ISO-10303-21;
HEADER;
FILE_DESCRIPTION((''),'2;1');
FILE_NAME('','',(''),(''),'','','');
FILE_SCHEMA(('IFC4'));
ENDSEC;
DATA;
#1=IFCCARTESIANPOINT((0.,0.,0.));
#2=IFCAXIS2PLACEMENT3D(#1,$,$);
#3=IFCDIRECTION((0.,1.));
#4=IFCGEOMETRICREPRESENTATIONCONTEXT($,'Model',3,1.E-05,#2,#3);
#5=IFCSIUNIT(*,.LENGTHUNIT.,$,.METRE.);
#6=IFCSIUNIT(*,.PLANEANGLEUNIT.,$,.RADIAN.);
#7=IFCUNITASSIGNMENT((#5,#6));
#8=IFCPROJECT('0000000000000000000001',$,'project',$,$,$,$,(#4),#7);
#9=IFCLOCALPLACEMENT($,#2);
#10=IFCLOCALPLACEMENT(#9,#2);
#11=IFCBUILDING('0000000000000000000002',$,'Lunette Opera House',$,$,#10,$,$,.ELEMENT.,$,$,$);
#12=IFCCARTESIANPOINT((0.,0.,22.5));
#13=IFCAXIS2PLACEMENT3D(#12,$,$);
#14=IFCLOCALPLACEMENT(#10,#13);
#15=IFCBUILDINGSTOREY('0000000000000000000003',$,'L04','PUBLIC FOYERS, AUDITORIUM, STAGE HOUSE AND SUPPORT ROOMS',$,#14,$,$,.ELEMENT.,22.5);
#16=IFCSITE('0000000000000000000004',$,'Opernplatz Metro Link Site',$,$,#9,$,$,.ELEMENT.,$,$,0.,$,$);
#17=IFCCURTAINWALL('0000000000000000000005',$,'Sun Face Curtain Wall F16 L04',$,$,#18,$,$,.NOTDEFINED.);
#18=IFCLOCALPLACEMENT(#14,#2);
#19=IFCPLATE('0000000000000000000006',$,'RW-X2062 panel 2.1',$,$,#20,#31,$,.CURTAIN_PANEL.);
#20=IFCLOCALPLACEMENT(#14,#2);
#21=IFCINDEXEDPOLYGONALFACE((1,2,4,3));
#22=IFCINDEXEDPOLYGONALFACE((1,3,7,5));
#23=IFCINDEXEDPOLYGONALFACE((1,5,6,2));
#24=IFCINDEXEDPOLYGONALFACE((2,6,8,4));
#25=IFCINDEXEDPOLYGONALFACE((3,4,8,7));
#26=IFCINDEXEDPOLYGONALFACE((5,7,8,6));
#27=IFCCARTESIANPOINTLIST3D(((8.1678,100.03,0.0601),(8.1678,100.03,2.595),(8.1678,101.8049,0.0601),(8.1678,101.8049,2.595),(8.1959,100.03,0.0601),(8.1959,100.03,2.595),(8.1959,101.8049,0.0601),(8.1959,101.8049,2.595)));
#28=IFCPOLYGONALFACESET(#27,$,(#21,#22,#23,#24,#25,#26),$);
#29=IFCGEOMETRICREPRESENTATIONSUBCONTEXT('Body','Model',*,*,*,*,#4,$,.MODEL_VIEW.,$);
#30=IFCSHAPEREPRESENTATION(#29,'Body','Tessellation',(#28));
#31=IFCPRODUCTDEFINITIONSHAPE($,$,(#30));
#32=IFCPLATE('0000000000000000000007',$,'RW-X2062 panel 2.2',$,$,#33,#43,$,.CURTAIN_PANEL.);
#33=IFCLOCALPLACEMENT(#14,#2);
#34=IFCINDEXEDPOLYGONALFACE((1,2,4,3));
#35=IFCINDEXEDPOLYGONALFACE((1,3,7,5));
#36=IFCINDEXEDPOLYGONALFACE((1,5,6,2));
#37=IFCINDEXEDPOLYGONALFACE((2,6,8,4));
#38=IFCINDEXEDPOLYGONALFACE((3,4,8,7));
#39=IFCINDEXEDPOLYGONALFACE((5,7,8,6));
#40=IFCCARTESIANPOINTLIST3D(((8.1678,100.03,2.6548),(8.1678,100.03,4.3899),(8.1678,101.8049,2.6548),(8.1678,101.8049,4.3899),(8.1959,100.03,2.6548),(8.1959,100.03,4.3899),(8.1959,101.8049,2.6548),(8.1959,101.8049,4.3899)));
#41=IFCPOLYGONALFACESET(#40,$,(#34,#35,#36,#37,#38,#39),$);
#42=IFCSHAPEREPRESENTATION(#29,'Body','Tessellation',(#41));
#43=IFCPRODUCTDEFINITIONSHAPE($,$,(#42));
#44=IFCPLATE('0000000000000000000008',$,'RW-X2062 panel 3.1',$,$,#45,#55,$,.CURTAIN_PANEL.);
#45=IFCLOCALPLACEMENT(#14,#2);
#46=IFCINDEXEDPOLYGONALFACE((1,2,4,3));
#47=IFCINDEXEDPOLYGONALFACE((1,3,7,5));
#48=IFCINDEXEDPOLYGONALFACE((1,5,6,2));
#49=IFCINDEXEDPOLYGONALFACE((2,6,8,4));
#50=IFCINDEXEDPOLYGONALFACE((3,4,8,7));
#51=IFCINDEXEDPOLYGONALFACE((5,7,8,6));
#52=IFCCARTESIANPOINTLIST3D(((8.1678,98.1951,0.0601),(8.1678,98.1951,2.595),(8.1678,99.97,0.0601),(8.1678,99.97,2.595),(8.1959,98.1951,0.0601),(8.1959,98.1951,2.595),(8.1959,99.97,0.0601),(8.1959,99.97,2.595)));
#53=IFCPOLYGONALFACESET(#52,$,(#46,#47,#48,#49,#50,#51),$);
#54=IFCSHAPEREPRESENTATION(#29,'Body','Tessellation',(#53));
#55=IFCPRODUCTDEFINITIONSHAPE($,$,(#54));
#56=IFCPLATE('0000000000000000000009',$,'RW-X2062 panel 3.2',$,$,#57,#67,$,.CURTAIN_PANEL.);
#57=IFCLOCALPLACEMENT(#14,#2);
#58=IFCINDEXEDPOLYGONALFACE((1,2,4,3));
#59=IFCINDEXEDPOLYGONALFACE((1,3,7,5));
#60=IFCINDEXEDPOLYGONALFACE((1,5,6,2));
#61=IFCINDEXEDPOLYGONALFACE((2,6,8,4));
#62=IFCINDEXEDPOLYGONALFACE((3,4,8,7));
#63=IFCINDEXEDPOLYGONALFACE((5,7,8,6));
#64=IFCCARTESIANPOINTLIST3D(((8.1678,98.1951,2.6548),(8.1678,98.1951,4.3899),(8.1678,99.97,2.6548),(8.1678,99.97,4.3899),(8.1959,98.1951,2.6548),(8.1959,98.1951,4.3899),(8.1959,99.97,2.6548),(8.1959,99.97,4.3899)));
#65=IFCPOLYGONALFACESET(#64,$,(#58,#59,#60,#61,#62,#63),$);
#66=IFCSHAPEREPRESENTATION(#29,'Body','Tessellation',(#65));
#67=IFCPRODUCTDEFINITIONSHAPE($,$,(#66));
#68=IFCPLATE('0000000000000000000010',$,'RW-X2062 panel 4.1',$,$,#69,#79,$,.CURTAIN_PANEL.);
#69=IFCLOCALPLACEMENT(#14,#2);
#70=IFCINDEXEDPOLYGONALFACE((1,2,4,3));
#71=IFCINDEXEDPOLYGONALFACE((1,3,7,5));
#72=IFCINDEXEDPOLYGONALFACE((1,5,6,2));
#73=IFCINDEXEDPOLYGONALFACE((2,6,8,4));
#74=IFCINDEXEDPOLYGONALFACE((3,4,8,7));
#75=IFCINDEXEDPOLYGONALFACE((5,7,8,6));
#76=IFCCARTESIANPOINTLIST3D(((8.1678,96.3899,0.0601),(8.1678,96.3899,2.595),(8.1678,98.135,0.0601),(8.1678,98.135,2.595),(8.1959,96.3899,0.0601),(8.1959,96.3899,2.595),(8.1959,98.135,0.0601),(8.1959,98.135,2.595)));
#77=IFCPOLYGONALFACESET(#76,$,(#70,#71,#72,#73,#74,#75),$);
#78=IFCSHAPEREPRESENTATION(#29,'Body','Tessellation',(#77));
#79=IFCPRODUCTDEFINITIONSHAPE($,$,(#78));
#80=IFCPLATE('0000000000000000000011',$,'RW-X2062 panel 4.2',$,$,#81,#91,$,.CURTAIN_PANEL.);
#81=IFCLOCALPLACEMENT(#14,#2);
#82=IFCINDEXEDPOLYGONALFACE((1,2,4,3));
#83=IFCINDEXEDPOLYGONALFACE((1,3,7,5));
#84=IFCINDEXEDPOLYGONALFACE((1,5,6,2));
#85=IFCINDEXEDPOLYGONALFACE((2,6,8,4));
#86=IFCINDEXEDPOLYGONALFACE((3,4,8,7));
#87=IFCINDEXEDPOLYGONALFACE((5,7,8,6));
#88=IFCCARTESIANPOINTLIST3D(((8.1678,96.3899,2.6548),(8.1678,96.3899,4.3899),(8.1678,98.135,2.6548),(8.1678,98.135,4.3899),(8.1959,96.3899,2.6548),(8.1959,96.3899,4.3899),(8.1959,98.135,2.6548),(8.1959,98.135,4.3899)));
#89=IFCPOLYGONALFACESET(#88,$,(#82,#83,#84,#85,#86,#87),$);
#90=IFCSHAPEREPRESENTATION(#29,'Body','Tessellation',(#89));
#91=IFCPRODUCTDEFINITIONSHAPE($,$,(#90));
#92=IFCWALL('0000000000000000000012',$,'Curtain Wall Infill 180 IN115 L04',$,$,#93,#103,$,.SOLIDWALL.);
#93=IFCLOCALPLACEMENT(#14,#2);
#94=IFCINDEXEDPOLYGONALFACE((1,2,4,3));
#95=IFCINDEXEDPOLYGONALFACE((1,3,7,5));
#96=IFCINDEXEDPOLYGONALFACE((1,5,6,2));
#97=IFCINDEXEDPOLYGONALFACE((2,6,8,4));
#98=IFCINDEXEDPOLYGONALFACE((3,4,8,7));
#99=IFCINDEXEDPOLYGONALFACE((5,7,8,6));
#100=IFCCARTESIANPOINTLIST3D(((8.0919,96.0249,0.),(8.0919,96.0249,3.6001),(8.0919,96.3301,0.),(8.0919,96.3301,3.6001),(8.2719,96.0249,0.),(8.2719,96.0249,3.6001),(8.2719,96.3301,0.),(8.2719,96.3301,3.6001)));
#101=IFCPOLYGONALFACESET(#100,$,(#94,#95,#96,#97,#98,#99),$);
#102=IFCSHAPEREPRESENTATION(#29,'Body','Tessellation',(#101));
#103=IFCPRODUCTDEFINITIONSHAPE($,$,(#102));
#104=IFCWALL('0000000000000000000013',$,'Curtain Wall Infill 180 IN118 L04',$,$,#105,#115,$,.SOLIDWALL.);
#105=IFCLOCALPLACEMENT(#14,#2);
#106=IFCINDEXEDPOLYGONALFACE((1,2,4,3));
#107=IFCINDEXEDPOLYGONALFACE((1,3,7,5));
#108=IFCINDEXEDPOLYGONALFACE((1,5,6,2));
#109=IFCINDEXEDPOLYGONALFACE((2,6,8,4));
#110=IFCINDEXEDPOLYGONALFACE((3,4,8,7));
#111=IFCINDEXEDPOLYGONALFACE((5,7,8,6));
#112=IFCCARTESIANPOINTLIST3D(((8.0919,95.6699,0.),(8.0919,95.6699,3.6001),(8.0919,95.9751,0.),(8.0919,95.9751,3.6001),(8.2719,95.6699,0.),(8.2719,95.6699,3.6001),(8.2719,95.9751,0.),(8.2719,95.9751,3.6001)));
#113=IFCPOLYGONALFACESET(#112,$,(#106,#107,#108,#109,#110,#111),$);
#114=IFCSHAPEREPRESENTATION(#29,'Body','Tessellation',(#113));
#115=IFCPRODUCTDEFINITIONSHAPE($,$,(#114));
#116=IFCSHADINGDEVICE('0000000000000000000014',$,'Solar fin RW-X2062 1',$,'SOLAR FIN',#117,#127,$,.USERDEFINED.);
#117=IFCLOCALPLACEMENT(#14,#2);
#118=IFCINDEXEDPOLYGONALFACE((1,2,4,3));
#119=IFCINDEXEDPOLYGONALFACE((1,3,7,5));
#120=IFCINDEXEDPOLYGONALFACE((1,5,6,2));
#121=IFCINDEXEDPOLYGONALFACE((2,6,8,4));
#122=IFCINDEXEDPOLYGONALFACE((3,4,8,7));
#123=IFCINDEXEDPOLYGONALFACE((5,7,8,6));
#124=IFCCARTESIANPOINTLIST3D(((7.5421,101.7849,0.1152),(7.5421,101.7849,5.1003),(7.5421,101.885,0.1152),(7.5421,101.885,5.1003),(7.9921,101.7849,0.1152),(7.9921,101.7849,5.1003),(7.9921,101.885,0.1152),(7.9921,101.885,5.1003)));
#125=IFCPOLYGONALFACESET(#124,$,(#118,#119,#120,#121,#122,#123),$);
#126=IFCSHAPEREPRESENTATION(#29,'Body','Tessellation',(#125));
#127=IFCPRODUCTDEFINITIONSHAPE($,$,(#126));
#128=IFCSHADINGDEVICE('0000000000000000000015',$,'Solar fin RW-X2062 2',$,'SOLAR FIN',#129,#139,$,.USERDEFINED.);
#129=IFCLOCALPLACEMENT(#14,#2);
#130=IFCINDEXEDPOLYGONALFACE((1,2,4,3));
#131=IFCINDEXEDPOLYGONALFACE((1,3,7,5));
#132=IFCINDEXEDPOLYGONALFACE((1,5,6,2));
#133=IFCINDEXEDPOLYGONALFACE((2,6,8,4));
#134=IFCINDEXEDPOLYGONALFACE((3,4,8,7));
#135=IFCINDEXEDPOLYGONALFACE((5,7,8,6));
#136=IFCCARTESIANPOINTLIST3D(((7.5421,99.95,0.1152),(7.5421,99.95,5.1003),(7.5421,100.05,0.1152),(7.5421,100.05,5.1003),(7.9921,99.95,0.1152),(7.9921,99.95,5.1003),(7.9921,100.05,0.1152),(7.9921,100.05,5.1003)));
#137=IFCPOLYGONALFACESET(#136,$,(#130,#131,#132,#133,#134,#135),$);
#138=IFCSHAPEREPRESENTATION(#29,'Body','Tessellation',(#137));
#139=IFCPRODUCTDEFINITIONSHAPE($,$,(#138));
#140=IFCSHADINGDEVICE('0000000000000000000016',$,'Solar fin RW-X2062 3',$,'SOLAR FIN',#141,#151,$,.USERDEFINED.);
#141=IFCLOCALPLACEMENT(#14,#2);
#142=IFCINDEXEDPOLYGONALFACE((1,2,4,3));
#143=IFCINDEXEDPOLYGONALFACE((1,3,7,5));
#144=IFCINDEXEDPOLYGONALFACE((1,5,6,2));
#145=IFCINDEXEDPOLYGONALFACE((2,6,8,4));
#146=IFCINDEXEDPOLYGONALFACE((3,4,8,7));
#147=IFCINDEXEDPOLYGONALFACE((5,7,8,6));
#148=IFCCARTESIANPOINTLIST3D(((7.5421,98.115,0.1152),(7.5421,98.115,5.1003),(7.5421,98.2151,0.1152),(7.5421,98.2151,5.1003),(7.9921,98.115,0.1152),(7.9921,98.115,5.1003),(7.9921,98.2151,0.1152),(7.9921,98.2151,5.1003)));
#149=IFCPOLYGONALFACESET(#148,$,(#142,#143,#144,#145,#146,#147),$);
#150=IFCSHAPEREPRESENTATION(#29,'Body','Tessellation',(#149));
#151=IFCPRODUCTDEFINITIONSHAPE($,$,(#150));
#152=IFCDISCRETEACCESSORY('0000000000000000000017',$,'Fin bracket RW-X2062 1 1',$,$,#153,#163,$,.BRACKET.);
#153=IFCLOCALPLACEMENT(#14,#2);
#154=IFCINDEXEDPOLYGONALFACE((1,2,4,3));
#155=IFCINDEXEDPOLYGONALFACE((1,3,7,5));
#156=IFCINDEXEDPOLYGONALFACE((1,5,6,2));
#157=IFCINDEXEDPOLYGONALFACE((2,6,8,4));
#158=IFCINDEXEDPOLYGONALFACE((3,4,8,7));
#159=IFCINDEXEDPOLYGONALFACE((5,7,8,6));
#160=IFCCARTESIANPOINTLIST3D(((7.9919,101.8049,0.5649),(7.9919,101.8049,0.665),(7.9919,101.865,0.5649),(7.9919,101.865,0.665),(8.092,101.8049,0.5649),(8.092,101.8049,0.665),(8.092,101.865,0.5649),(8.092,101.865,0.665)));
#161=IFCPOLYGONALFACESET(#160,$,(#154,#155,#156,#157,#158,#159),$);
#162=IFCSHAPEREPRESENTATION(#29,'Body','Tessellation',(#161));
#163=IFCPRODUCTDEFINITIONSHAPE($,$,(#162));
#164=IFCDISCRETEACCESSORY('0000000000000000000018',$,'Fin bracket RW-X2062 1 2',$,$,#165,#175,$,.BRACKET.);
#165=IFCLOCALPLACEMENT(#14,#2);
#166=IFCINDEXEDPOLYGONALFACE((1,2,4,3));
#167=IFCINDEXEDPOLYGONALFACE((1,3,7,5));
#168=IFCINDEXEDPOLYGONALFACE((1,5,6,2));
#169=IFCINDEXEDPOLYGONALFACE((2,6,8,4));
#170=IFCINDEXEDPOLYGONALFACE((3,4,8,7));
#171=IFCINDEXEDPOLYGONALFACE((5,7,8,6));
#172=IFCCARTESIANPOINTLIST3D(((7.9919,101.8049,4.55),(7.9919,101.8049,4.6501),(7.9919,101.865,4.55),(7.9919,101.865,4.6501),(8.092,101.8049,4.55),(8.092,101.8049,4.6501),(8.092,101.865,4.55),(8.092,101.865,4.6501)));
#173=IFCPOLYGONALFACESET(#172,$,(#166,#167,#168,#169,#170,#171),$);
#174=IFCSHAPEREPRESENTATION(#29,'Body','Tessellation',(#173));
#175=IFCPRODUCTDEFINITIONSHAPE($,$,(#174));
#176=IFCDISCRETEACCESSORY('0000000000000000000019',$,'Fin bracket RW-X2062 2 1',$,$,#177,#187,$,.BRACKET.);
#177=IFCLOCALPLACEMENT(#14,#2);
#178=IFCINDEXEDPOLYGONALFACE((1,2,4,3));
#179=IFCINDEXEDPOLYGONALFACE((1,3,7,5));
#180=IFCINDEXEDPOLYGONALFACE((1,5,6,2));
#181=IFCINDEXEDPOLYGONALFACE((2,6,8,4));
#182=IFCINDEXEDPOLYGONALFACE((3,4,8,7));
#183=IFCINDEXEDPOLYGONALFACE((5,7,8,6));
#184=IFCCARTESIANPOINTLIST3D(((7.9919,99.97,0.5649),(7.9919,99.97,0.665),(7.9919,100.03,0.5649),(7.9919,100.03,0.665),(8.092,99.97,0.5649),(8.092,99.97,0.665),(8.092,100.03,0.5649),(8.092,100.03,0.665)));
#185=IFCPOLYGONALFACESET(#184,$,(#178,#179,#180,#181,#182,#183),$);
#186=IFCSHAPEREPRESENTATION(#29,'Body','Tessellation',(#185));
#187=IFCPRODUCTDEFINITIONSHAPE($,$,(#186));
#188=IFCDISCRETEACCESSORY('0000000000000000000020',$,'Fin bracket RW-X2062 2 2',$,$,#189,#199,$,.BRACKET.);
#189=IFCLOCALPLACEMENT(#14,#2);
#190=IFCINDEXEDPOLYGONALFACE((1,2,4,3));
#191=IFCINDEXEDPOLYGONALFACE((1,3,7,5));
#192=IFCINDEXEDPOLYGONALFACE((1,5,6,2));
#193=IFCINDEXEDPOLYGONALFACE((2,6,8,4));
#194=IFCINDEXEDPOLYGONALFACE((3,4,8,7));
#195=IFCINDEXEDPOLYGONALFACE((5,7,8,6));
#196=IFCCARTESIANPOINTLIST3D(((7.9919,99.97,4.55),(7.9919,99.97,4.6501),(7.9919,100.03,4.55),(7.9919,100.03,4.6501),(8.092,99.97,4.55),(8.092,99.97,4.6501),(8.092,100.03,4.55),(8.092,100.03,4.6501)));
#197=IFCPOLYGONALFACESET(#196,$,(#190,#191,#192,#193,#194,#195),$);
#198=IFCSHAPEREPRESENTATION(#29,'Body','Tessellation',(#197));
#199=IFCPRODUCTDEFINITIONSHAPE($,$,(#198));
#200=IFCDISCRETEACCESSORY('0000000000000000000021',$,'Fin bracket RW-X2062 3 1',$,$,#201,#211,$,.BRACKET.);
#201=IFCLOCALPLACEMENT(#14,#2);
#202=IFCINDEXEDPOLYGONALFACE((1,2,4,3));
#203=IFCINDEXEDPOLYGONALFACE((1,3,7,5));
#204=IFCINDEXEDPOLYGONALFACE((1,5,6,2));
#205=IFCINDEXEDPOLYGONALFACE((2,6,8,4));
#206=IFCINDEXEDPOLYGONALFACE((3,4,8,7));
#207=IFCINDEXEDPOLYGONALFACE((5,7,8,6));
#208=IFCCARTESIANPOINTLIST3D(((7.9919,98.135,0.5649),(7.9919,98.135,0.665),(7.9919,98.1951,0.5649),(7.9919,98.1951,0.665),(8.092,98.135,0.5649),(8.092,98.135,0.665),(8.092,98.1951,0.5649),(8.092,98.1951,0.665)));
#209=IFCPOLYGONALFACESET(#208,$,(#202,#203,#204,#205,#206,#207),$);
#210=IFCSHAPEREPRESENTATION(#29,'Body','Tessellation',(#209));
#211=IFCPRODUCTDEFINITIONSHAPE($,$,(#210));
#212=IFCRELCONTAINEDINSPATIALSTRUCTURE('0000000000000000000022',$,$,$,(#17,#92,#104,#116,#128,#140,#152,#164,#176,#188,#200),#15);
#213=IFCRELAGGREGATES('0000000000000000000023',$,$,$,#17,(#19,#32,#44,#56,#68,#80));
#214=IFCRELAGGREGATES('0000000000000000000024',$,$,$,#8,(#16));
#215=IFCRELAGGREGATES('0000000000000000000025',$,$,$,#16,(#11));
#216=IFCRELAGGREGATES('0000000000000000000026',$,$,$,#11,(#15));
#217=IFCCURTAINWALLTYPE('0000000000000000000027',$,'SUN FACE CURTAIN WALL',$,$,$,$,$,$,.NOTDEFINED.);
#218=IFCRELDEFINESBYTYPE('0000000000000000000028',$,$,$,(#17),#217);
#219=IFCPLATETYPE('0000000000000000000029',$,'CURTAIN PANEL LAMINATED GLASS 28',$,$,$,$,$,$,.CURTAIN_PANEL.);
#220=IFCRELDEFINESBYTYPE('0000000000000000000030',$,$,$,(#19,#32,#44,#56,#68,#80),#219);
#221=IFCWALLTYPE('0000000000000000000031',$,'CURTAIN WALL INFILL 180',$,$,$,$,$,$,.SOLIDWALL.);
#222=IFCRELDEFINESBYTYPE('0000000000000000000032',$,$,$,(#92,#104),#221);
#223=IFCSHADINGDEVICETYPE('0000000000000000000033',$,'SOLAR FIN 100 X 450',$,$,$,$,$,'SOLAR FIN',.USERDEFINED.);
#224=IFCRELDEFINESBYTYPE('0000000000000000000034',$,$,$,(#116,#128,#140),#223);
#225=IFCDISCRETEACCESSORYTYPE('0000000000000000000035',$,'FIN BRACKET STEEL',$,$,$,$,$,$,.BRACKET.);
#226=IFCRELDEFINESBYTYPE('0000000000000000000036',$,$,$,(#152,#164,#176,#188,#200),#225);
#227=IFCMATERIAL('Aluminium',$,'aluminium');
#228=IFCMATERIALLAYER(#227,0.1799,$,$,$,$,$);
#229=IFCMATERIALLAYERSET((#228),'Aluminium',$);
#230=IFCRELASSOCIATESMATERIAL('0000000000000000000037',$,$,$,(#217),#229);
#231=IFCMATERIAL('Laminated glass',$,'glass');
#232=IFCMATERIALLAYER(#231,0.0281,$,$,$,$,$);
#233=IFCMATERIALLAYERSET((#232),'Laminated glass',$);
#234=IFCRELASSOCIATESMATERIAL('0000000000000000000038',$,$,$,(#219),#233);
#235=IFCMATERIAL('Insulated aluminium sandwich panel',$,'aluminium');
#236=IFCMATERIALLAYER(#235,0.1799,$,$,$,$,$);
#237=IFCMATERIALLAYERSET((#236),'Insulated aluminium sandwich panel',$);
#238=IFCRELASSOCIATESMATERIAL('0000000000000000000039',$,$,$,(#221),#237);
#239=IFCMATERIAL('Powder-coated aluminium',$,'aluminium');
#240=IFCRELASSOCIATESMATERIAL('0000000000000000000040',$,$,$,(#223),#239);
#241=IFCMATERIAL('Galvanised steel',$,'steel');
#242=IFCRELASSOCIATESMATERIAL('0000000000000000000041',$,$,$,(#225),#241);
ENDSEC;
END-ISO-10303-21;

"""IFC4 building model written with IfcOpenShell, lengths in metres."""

from ifc_helpers import new_model, si_unit, direction, frame, frame_2d, origin, origin_2d, place, context, subcontext, project, spatial, rectangle, extrude, material, layer, layer_set, type_object, element, aggregate, save


model = new_model("IFC4")

# Units and contexts
model_context = context("Model", 3, precision=1e-05, world=origin(), true_north=direction((0.0, 1.0)))
body_context = subcontext(model_context, "Body", "Model", "MODEL_VIEW")
ifc_project = project(units=[si_unit("LENGTHUNIT", "METRE"), si_unit("PLANEANGLEUNIT", "RADIAN")], contexts=[model_context])

# Site, building, storey
site_placement = place(None, origin())
site = spatial("IfcSite", under=ifc_project, at=site_placement, Name="Opernplatz Metro Link Site", CompositionType="ELEMENT", RefElevation=0.0)
building_placement = place(site_placement, origin())
building = spatial("IfcBuilding", under=site, at=building_placement, Name="Lunette Opera House", CompositionType="ELEMENT")
storey_placement = place(building_placement, frame((0.0, 0.0, 22.5)))
storey = spatial("IfcBuildingStorey", under=building, at=storey_placement, Name="L04", Description="PUBLIC FOYERS, AUDITORIUM, STAGE HOUSE AND SUPPORT ROOMS", CompositionType="ELEMENT", Elevation=22.5)

# Curtain wall
ifc_material_1 = material(Name="Aluminium", Category="aluminium")
ifc_layer_1 = layer(ifc_material_1, 0.1799)
ifc_layer_set_1 = layer_set([ifc_layer_1], Name="Aluminium")
curtain_wall_type = type_object("IfcCurtainWallType", Name="SUN FACE CURTAIN WALL", PredefinedType="NOTDEFINED", material=ifc_layer_set_1)
curtain_wall_1_placement = place(storey_placement, origin())
curtain_wall_1 = element("IfcCurtainWall", 1, at=curtain_wall_1_placement, inside=storey, type_object=curtain_wall_type, Name="Sun Face Curtain Wall F16 L04", PredefinedType="NOTDEFINED")

# Plates
ifc_material_2 = material(Name="Laminated glass", Category="glass")
ifc_layer_2 = layer(ifc_material_2, 0.0281)
ifc_layer_set_2 = layer_set([ifc_layer_2], Name="Laminated glass")
plate_type = type_object("IfcPlateType", Name="CURTAIN PANEL LAMINATED GLASS 28", PredefinedType="CURTAIN_PANEL", material=ifc_layer_set_2)
plate_1_placement = place(storey_placement, frame((8.1819, 100.9175, 0.0601), z_axis=(0.0, 0.0, 1.0), x_axis=(0.0, -1.0, 0.0)))
plate_1 = element("IfcPlate", 2, at=plate_1_placement, type_object=plate_type, Name="RW-X2062 panel 2.1", PredefinedType="CURTAIN_PANEL", context=body_context, shape_type="SweptSolid", body=[
    extrude(rectangle(XDim=1.7749, YDim=0.0281, at=origin_2d()), origin(), (0.0, 0.0, 1.0), 2.5349),
])
plate_2_placement = place(storey_placement, frame((8.1819, 100.9175, 2.6548), z_axis=(0.0, 0.0, 1.0), x_axis=(0.0, -1.0, 0.0)))
plate_2 = element("IfcPlate", 3, at=plate_2_placement, type_object=plate_type, Name="RW-X2062 panel 2.2", PredefinedType="CURTAIN_PANEL", context=body_context, shape_type="SweptSolid", body=[
    extrude(rectangle(XDim=1.7749, YDim=0.0281, at=origin_2d()), origin(), (0.0, 0.0, 1.0), 1.7351),
])
plate_3_placement = place(storey_placement, frame((8.1819, 99.0825, 0.0601), z_axis=(0.0, 0.0, 1.0), x_axis=(0.0, -1.0, 0.0)))
plate_3 = element("IfcPlate", 4, at=plate_3_placement, type_object=plate_type, Name="RW-X2062 panel 3.1", PredefinedType="CURTAIN_PANEL", context=body_context, shape_type="SweptSolid", body=[
    extrude(rectangle(XDim=1.7749, YDim=0.0281, at=origin_2d()), origin(), (0.0, 0.0, 1.0), 2.5349),
])
plate_4_placement = place(storey_placement, frame((8.1819, 99.0825, 2.6548), z_axis=(0.0, 0.0, 1.0), x_axis=(0.0, -1.0, 0.0)))
plate_4 = element("IfcPlate", 5, at=plate_4_placement, type_object=plate_type, Name="RW-X2062 panel 3.2", PredefinedType="CURTAIN_PANEL", context=body_context, shape_type="SweptSolid", body=[
    extrude(rectangle(XDim=1.7749, YDim=0.0281, at=origin_2d()), origin(), (0.0, 0.0, 1.0), 1.7351),
])
plate_5_placement = place(storey_placement, frame((8.1819, 97.2625, 0.0601), z_axis=(0.0, 0.0, 1.0), x_axis=(0.0, -1.0, 0.0)))
plate_5 = element("IfcPlate", 6, at=plate_5_placement, type_object=plate_type, Name="RW-X2062 panel 4.1", PredefinedType="CURTAIN_PANEL", context=body_context, shape_type="SweptSolid", body=[
    extrude(rectangle(XDim=1.7451, YDim=0.0281, at=origin_2d()), origin(), (0.0, 0.0, 1.0), 2.5349),
])
plate_6_placement = place(storey_placement, frame((8.1819, 97.2625, 2.6548), z_axis=(0.0, 0.0, 1.0), x_axis=(0.0, -1.0, 0.0)))
plate_6 = element("IfcPlate", 7, at=plate_6_placement, type_object=plate_type, Name="RW-X2062 panel 4.2", PredefinedType="CURTAIN_PANEL", context=body_context, shape_type="SweptSolid", body=[
    extrude(rectangle(XDim=1.7451, YDim=0.0281, at=origin_2d()), origin(), (0.0, 0.0, 1.0), 1.7351),
])
aggregate(curtain_wall_1, [plate_1, plate_2, plate_3, plate_4, plate_5, plate_6])

# Walls
ifc_material_3 = material(Name="Insulated aluminium sandwich panel", Category="aluminium")
ifc_layer_3 = layer(ifc_material_3, 0.1799)
ifc_layer_set_3 = layer_set([ifc_layer_3], Name="Insulated aluminium sandwich panel")
wall_type = type_object("IfcWallType", Name="CURTAIN WALL INFILL 180", PredefinedType="SOLIDWALL", material=ifc_layer_set_3)
for number, where, z_axis, x_axis, name in (
    (8, (8.1819, 96.3301, 0.0), (0.0, 0.0, 1.0), (0.0, -1.0, 0.0), "Curtain Wall Infill 180 IN115 L04"),
    (9, (8.1819, 95.6699, 0.0), (0.0, 0.0, 1.0), (0.0, 1.0, 0.0), "Curtain Wall Infill 180 IN118 L04"),
):
    element("IfcWall", number, at=place(storey_placement, frame(where, z_axis=z_axis, x_axis=x_axis)), inside=storey, type_object=wall_type, Name=name, PredefinedType="SOLIDWALL", context=body_context, shape_type="SweptSolid", body=[
        extrude(rectangle(XDim=0.3052, YDim=0.1799, at=frame_2d((0.1526, 0.0))), origin(), (0.0, 0.0, 1.0), 3.6001),
    ])

# Shading devices
ifc_material_4 = material(Name="Powder-coated aluminium", Category="aluminium")
shading_device_type = type_object("IfcShadingDeviceType", Name="SOLAR FIN 100 X 450", ElementType="SOLAR FIN", PredefinedType="USERDEFINED", material=ifc_material_4)
for number, where, z_axis, x_axis, name in (
    (10, (7.7671, 101.835, 0.1152), (0.0, 0.0, 1.0), (-1.0, 0.0, 0.0), "Solar fin RW-X2062 1"),
    (11, (7.7671, 100.0, 0.1152), (0.0, 0.0, 1.0), (-1.0, 0.0, 0.0), "Solar fin RW-X2062 2"),
    (12, (7.7671, 98.165, 0.1152), (0.0, 0.0, 1.0), (-1.0, 0.0, 0.0), "Solar fin RW-X2062 3"),
):
    element("IfcShadingDevice", number, at=place(storey_placement, frame(where, z_axis=z_axis, x_axis=x_axis)), inside=storey, type_object=shading_device_type, Name=name, ObjectType="SOLAR FIN", PredefinedType="USERDEFINED", context=body_context, shape_type="SweptSolid", body=[
        extrude(rectangle(XDim=0.45, YDim=0.1001, at=origin_2d()), origin(), (0.0, 0.0, 1.0), 4.9851),
    ])

# Discrete accessories
ifc_material_5 = material(Name="Galvanised steel", Category="steel")
discrete_accessory_type = type_object("IfcDiscreteAccessoryType", Name="FIN BRACKET STEEL", PredefinedType="BRACKET", material=ifc_material_5)
for number, where, z_axis, x_axis, name in (
    (13, (8.042, 101.835, 0.5649), (0.0, 0.0, 1.0), (-1.0, 0.0, 0.0), "Fin bracket RW-X2062 1 1"),
    (14, (8.042, 101.835, 4.55), (0.0, 0.0, 1.0), (-1.0, 0.0, 0.0), "Fin bracket RW-X2062 1 2"),
    (15, (8.042, 100.0, 0.5649), (0.0, 0.0, 1.0), (-1.0, 0.0, 0.0), "Fin bracket RW-X2062 2 1"),
    (16, (8.042, 100.0, 4.55), (0.0, 0.0, 1.0), (-1.0, 0.0, 0.0), "Fin bracket RW-X2062 2 2"),
    (17, (8.042, 98.165, 0.5649), (0.0, 0.0, 1.0), (-1.0, 0.0, 0.0), "Fin bracket RW-X2062 3 1"),
):
    element("IfcDiscreteAccessory", number, at=place(storey_placement, frame(where, z_axis=z_axis, x_axis=x_axis)), inside=storey, type_object=discrete_accessory_type, Name=name, PredefinedType="BRACKET", context=body_context, shape_type="SweptSolid", body=[
        extrude(rectangle(XDim=0.1001, YDim=0.0601, at=origin_2d()), origin(), (0.0, 0.0, 1.0), 0.1001),
    ])

save(model, "model.ifc")
